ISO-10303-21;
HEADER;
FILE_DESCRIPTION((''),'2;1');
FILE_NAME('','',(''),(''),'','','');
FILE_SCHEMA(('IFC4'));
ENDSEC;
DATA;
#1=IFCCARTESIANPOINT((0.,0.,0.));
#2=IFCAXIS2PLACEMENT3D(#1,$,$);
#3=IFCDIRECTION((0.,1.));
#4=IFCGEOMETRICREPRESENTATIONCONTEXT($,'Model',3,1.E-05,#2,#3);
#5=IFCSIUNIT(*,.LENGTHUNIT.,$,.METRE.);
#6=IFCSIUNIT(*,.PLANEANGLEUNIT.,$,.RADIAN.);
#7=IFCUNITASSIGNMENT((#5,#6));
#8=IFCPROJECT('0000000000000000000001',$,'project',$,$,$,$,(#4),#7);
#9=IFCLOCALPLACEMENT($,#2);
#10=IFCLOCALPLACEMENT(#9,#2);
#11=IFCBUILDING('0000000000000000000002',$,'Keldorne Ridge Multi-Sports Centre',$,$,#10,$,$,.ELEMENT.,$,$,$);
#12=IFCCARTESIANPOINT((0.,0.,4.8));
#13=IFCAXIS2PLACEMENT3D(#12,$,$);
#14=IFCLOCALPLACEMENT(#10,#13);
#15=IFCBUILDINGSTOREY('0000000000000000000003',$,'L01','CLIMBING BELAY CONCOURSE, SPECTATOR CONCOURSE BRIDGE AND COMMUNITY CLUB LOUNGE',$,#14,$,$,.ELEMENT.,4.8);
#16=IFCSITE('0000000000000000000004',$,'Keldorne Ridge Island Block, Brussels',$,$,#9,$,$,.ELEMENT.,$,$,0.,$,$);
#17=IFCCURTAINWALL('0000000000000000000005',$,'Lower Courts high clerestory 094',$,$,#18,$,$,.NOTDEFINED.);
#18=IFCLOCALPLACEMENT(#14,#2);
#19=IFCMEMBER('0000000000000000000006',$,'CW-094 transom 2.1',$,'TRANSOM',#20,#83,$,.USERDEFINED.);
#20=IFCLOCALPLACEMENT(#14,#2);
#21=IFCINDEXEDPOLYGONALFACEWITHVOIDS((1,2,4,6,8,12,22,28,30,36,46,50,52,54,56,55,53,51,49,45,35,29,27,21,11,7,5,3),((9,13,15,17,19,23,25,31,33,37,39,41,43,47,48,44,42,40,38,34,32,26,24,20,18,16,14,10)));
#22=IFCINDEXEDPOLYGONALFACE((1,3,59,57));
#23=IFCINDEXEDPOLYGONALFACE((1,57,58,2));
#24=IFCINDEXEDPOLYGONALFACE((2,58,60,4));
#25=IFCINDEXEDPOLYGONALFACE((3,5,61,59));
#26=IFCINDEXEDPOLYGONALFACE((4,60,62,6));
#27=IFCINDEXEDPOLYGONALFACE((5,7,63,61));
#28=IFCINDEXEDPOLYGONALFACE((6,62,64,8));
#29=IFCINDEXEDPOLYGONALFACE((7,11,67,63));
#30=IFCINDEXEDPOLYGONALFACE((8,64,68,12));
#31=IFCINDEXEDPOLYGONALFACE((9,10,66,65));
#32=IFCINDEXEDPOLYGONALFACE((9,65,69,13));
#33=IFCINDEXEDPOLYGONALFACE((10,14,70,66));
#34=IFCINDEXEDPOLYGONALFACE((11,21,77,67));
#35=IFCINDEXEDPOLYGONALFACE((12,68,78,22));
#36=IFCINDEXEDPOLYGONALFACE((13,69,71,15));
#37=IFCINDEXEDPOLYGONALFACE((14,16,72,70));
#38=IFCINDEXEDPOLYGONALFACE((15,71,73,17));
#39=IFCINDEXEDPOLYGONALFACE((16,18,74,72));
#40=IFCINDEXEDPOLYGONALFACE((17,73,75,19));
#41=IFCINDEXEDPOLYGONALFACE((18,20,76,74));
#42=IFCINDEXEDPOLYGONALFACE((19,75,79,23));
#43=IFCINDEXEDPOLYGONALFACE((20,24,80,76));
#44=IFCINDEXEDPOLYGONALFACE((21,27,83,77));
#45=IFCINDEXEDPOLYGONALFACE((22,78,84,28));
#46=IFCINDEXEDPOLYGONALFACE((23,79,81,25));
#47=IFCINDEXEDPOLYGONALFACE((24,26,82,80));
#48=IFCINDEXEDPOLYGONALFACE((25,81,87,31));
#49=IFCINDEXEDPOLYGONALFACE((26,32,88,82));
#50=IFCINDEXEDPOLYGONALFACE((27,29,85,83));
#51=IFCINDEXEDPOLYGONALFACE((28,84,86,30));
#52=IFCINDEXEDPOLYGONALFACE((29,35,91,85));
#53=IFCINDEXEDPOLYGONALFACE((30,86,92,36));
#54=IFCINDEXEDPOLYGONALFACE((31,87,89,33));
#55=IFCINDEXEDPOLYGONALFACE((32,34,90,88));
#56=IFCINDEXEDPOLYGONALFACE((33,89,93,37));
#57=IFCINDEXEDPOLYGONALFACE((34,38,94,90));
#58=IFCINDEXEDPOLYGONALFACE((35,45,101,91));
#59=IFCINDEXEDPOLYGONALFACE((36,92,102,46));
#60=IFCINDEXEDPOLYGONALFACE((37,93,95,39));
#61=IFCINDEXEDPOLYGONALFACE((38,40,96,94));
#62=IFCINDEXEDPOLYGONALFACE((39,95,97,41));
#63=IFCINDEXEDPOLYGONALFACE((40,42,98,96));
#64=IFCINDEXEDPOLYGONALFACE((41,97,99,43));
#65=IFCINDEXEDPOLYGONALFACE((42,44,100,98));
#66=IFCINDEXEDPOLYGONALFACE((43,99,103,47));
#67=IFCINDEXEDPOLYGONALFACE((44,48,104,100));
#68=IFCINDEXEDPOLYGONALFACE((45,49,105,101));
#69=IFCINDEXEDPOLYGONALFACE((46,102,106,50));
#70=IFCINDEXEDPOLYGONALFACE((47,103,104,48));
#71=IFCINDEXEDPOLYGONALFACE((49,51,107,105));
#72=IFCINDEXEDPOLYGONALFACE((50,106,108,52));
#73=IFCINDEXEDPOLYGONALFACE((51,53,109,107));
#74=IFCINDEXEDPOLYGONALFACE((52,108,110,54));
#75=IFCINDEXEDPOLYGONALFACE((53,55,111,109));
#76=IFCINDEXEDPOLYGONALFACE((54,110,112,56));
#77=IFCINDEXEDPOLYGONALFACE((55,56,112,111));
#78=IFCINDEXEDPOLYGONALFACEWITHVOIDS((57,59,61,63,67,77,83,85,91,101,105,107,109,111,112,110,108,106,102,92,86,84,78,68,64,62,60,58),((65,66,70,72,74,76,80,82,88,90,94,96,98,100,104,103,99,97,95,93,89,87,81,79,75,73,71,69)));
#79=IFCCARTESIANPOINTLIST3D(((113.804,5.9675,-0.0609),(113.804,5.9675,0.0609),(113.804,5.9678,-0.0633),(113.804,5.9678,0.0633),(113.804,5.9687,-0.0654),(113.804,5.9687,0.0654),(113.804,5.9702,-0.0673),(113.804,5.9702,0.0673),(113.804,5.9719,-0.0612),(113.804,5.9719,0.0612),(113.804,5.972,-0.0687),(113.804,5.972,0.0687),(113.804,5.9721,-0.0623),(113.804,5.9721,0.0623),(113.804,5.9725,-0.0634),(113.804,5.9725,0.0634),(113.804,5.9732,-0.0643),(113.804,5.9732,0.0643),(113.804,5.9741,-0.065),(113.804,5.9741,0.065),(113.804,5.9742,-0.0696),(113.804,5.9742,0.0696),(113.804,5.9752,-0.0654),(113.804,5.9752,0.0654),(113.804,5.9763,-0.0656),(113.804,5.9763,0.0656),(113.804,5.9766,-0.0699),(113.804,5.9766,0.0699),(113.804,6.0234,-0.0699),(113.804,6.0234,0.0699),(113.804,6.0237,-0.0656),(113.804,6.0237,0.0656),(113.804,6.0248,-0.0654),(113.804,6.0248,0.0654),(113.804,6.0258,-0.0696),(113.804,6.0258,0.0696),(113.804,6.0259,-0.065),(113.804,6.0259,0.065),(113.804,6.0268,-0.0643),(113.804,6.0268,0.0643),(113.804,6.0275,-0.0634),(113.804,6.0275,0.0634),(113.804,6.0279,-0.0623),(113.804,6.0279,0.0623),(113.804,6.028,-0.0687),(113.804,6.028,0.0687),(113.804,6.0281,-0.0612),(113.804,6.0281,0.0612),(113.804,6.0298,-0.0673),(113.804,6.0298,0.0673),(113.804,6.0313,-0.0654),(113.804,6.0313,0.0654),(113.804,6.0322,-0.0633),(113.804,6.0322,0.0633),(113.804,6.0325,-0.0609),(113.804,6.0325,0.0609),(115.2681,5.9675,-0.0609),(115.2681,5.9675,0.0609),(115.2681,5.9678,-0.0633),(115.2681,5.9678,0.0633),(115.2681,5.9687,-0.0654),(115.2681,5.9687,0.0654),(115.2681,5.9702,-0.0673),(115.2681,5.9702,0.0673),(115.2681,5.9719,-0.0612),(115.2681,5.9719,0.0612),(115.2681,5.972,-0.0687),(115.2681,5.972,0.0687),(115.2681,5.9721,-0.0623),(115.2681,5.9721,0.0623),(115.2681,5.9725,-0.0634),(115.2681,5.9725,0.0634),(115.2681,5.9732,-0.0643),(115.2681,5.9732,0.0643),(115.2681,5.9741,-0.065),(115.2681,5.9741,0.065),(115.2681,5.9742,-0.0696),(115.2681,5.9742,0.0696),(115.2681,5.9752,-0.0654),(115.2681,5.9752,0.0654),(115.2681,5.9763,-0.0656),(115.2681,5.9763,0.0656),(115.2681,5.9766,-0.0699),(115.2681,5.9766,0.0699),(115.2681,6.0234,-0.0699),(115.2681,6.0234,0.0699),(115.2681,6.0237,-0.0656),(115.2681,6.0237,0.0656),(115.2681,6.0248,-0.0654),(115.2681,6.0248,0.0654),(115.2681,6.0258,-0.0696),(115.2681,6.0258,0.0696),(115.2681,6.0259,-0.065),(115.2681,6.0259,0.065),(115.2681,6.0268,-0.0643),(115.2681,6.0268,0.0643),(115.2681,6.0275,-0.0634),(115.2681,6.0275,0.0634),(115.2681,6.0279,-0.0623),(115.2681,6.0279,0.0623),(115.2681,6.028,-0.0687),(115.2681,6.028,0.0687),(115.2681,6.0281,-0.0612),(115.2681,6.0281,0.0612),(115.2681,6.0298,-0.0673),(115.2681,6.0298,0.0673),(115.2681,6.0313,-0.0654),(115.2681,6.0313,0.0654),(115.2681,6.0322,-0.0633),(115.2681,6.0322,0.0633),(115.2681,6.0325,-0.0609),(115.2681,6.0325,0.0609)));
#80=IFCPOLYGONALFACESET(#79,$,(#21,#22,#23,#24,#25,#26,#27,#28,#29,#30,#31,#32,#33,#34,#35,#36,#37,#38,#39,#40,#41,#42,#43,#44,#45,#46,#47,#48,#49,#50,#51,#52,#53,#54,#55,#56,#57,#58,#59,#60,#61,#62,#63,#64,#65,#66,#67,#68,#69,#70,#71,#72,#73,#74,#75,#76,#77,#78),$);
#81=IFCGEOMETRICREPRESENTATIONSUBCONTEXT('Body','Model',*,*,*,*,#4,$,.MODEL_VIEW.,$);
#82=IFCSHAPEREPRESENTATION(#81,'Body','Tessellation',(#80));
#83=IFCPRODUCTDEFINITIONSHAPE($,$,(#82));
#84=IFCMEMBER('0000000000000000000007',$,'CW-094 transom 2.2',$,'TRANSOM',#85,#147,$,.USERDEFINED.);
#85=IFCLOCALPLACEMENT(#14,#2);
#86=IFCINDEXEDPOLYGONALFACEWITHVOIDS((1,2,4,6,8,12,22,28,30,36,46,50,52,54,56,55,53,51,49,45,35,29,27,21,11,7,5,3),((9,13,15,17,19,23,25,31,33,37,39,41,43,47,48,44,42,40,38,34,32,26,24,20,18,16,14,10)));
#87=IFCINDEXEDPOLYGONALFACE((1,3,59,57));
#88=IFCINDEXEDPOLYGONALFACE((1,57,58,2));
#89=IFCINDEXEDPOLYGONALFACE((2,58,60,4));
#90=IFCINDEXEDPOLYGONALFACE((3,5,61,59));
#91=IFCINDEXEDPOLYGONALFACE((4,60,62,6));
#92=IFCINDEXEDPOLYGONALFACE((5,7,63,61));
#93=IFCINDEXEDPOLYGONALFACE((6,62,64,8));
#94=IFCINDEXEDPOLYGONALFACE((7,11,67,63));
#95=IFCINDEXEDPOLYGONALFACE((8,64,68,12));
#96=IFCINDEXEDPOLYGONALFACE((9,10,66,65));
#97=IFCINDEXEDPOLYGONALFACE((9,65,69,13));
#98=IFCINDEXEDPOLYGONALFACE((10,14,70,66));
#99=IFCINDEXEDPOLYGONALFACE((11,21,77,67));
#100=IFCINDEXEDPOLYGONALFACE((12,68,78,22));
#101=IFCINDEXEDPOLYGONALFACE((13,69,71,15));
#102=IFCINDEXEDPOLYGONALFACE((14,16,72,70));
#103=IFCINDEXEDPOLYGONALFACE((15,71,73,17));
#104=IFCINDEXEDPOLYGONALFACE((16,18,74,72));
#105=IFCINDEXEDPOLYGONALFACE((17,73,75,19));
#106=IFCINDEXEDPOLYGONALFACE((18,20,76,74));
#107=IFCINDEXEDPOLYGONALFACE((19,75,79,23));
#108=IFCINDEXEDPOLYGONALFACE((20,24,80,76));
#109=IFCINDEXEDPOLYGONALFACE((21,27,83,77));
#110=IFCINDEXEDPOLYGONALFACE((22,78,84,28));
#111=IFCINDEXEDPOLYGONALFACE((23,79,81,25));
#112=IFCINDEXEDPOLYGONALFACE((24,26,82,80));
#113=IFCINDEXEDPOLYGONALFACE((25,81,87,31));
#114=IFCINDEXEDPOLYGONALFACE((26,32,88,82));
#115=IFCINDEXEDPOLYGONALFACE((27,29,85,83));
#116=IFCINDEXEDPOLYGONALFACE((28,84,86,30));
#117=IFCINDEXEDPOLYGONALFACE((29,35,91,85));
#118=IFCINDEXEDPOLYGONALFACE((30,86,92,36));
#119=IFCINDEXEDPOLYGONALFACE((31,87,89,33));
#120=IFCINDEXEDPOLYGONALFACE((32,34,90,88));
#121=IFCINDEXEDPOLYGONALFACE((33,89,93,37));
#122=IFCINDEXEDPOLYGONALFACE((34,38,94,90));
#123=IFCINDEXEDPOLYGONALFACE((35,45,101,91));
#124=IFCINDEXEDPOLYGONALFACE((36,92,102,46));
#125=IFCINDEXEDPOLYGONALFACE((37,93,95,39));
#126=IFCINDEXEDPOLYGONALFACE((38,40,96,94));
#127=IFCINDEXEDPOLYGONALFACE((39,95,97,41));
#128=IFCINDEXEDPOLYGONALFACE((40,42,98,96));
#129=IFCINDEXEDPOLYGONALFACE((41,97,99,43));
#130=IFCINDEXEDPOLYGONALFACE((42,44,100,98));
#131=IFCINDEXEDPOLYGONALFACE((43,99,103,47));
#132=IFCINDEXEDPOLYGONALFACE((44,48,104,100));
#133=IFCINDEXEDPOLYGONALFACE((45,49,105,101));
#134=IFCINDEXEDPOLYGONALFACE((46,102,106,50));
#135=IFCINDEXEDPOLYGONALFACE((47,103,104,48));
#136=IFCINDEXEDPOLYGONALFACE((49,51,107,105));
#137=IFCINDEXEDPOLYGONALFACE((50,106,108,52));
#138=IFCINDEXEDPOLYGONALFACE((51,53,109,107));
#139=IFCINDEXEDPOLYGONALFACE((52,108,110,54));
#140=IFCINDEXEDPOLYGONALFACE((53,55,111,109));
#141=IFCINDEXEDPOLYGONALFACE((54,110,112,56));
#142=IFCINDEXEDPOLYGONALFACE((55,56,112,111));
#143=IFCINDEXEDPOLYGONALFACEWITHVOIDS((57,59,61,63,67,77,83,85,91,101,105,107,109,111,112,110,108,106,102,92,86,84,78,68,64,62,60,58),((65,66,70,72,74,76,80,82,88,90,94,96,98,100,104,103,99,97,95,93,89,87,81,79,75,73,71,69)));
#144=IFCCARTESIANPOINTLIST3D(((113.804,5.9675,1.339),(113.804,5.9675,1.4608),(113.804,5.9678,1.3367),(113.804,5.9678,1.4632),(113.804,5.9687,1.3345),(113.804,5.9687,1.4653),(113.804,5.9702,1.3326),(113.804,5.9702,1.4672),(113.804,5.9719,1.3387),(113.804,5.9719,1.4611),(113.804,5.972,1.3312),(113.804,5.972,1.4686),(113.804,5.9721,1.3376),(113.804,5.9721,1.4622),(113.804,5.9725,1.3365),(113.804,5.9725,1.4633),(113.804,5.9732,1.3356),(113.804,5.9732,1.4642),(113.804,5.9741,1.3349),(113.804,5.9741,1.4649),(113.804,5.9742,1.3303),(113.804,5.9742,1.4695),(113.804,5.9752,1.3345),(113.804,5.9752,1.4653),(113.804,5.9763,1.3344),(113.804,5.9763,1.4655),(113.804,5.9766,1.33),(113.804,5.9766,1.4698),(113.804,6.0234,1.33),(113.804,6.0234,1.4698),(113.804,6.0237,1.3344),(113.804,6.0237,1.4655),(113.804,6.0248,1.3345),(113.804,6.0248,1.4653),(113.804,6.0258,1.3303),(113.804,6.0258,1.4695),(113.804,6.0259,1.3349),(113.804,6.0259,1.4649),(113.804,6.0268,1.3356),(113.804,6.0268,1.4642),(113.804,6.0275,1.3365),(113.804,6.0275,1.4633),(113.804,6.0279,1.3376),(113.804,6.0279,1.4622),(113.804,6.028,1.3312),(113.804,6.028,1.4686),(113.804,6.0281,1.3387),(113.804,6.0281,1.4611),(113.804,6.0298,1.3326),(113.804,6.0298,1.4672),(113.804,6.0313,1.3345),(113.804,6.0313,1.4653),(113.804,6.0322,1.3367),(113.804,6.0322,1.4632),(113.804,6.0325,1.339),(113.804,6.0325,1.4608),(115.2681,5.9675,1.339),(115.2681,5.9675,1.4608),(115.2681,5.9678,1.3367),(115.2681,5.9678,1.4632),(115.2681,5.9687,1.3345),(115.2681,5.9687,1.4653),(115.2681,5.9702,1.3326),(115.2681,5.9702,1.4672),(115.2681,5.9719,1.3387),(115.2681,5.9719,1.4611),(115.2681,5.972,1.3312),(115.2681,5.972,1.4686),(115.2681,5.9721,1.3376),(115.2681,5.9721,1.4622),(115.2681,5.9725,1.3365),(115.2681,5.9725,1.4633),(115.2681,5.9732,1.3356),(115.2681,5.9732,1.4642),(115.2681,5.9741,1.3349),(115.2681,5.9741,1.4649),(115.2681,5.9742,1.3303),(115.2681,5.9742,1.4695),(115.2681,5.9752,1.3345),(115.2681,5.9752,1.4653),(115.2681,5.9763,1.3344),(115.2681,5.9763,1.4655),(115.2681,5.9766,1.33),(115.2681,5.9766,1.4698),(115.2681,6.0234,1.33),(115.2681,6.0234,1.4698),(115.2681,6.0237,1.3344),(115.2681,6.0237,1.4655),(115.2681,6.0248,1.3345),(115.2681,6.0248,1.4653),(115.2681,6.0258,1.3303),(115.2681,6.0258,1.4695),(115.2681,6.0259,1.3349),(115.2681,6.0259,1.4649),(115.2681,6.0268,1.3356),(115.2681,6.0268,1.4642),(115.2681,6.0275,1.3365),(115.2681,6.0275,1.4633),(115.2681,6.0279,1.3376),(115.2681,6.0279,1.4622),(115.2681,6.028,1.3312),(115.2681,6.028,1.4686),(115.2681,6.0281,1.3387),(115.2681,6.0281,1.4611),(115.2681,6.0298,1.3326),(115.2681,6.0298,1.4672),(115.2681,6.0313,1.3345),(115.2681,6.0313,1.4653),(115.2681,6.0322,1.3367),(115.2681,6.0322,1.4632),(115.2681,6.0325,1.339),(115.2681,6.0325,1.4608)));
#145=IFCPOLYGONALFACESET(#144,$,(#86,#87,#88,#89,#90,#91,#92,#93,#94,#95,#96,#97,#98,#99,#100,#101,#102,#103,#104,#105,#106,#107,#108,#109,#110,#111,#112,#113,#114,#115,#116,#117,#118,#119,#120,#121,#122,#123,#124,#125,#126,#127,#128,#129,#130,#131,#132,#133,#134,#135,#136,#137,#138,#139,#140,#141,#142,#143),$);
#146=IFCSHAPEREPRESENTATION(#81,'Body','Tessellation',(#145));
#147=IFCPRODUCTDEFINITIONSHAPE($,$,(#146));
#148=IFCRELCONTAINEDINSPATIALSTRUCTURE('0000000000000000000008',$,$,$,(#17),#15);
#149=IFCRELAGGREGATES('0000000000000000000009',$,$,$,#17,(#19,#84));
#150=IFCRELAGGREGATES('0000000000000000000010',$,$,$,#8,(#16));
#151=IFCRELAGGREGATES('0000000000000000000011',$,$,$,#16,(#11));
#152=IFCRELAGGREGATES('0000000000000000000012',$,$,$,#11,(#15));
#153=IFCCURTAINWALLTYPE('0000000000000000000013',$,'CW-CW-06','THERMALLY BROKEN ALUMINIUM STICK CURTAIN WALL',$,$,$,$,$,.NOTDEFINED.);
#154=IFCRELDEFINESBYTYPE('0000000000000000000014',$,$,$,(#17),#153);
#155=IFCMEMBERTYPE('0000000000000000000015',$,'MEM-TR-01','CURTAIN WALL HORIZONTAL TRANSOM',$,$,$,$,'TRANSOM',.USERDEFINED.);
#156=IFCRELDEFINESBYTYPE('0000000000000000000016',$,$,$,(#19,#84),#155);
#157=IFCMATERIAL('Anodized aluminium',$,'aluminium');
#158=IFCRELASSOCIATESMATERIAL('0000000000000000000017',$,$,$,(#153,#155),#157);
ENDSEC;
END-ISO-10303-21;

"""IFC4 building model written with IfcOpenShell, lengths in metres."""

from ifc_helpers import new_model, si_unit, direction, frame, origin, origin_2d, place, context, subcontext, project, spatial, hollow_rectangle, extrude, material, material_profile, profile_set, type_object, element, aggregate, save


model = new_model("IFC4")

# Units and contexts
model_context = context("Model", 3, precision=1e-05, world=origin(), true_north=direction((0.0, 1.0)))
body_context = subcontext(model_context, "Body", "Model", "MODEL_VIEW")
ifc_project = project(units=[si_unit("LENGTHUNIT", "METRE"), si_unit("PLANEANGLEUNIT", "RADIAN")], contexts=[model_context])

# Site, building, storey
site_placement = place(None, origin())
site = spatial("IfcSite", under=ifc_project, at=site_placement, Name="Keldorne Ridge Island Block, Brussels", CompositionType="ELEMENT", RefElevation=0.0)
building_placement = place(site_placement, origin())
building = spatial("IfcBuilding", under=site, at=building_placement, Name="Keldorne Ridge Multi-Sports Centre", CompositionType="ELEMENT")
storey_placement = place(building_placement, frame((0.0, 0.0, 4.8)))
storey = spatial("IfcBuildingStorey", under=building, at=storey_placement, Name="L01", Description="CLIMBING BELAY CONCOURSE, SPECTATOR CONCOURSE BRIDGE AND COMMUNITY CLUB LOUNGE", CompositionType="ELEMENT", Elevation=4.8)

# Curtain wall, members
ifc_material_1 = material(Name="Anodized aluminium", Category="aluminium")
curtain_wall_type = type_object("IfcCurtainWallType", Name="CW-CW-06", Description="THERMALLY BROKEN ALUMINIUM STICK CURTAIN WALL", PredefinedType="NOTDEFINED", material=ifc_material_1)
curtain_wall_placement = place(storey_placement, origin())
curtain_wall = element("IfcCurtainWall", 1, at=curtain_wall_placement, inside=storey, type_object=curtain_wall_type, Name="Lower Courts high clerestory 094", PredefinedType="NOTDEFINED")
ifc_material_profile_1 = material_profile(ifc_material_1, hollow_rectangle(XDim=0.0649, YDim=0.1399, WallThickness=0.0044, InnerFilletRadius=0.0044, OuterFilletRadius=0.009, at=origin_2d()), Name="ALU TRANSOM 140x65x4.5")
ifc_profile_set_1 = profile_set([ifc_material_profile_1], Name="Anodized aluminium")
member_type_1 = type_object("IfcMemberType", Name="MEM-TR-01", Description="CURTAIN WALL HORIZONTAL TRANSOM", ElementType="TRANSOM", PredefinedType="USERDEFINED", material=ifc_profile_set_1)
member_1_placement = place(storey_placement, frame((113.804, 6.0, 0.0), z_axis=(1.0, 0.0, 0.0), x_axis=(0.0, 1.0, 0.0)))
member_1 = element("IfcMember", 2, at=member_1_placement, type_object=member_type_1, Name="CW-094 transom 2.1", ObjectType="TRANSOM", PredefinedType="USERDEFINED", context=body_context, shape_type="SweptSolid", body=[
    extrude(hollow_rectangle(XDim=0.0649, YDim=0.1399, WallThickness=0.0044, InnerFilletRadius=0.0044, OuterFilletRadius=0.009, at=origin_2d()), origin(), (0.0, 0.0, 1.0), 1.4641),
])
member_2_placement = place(storey_placement, frame((113.804, 6.0, 1.3999), z_axis=(1.0, 0.0, 0.0), x_axis=(0.0, 1.0, 0.0)))
member_2 = element("IfcMember", 3, at=member_2_placement, type_object=member_type_1, Name="CW-094 transom 2.2", ObjectType="TRANSOM", PredefinedType="USERDEFINED", context=body_context, shape_type="SweptSolid", body=[
    extrude(hollow_rectangle(XDim=0.0649, YDim=0.1399, WallThickness=0.0044, InnerFilletRadius=0.0044, OuterFilletRadius=0.009, at=origin_2d()), origin(), (0.0, 0.0, 1.0), 1.4641),
])

aggregate(curtain_wall, [member_1, member_2])

save(model, "model.ifc")
